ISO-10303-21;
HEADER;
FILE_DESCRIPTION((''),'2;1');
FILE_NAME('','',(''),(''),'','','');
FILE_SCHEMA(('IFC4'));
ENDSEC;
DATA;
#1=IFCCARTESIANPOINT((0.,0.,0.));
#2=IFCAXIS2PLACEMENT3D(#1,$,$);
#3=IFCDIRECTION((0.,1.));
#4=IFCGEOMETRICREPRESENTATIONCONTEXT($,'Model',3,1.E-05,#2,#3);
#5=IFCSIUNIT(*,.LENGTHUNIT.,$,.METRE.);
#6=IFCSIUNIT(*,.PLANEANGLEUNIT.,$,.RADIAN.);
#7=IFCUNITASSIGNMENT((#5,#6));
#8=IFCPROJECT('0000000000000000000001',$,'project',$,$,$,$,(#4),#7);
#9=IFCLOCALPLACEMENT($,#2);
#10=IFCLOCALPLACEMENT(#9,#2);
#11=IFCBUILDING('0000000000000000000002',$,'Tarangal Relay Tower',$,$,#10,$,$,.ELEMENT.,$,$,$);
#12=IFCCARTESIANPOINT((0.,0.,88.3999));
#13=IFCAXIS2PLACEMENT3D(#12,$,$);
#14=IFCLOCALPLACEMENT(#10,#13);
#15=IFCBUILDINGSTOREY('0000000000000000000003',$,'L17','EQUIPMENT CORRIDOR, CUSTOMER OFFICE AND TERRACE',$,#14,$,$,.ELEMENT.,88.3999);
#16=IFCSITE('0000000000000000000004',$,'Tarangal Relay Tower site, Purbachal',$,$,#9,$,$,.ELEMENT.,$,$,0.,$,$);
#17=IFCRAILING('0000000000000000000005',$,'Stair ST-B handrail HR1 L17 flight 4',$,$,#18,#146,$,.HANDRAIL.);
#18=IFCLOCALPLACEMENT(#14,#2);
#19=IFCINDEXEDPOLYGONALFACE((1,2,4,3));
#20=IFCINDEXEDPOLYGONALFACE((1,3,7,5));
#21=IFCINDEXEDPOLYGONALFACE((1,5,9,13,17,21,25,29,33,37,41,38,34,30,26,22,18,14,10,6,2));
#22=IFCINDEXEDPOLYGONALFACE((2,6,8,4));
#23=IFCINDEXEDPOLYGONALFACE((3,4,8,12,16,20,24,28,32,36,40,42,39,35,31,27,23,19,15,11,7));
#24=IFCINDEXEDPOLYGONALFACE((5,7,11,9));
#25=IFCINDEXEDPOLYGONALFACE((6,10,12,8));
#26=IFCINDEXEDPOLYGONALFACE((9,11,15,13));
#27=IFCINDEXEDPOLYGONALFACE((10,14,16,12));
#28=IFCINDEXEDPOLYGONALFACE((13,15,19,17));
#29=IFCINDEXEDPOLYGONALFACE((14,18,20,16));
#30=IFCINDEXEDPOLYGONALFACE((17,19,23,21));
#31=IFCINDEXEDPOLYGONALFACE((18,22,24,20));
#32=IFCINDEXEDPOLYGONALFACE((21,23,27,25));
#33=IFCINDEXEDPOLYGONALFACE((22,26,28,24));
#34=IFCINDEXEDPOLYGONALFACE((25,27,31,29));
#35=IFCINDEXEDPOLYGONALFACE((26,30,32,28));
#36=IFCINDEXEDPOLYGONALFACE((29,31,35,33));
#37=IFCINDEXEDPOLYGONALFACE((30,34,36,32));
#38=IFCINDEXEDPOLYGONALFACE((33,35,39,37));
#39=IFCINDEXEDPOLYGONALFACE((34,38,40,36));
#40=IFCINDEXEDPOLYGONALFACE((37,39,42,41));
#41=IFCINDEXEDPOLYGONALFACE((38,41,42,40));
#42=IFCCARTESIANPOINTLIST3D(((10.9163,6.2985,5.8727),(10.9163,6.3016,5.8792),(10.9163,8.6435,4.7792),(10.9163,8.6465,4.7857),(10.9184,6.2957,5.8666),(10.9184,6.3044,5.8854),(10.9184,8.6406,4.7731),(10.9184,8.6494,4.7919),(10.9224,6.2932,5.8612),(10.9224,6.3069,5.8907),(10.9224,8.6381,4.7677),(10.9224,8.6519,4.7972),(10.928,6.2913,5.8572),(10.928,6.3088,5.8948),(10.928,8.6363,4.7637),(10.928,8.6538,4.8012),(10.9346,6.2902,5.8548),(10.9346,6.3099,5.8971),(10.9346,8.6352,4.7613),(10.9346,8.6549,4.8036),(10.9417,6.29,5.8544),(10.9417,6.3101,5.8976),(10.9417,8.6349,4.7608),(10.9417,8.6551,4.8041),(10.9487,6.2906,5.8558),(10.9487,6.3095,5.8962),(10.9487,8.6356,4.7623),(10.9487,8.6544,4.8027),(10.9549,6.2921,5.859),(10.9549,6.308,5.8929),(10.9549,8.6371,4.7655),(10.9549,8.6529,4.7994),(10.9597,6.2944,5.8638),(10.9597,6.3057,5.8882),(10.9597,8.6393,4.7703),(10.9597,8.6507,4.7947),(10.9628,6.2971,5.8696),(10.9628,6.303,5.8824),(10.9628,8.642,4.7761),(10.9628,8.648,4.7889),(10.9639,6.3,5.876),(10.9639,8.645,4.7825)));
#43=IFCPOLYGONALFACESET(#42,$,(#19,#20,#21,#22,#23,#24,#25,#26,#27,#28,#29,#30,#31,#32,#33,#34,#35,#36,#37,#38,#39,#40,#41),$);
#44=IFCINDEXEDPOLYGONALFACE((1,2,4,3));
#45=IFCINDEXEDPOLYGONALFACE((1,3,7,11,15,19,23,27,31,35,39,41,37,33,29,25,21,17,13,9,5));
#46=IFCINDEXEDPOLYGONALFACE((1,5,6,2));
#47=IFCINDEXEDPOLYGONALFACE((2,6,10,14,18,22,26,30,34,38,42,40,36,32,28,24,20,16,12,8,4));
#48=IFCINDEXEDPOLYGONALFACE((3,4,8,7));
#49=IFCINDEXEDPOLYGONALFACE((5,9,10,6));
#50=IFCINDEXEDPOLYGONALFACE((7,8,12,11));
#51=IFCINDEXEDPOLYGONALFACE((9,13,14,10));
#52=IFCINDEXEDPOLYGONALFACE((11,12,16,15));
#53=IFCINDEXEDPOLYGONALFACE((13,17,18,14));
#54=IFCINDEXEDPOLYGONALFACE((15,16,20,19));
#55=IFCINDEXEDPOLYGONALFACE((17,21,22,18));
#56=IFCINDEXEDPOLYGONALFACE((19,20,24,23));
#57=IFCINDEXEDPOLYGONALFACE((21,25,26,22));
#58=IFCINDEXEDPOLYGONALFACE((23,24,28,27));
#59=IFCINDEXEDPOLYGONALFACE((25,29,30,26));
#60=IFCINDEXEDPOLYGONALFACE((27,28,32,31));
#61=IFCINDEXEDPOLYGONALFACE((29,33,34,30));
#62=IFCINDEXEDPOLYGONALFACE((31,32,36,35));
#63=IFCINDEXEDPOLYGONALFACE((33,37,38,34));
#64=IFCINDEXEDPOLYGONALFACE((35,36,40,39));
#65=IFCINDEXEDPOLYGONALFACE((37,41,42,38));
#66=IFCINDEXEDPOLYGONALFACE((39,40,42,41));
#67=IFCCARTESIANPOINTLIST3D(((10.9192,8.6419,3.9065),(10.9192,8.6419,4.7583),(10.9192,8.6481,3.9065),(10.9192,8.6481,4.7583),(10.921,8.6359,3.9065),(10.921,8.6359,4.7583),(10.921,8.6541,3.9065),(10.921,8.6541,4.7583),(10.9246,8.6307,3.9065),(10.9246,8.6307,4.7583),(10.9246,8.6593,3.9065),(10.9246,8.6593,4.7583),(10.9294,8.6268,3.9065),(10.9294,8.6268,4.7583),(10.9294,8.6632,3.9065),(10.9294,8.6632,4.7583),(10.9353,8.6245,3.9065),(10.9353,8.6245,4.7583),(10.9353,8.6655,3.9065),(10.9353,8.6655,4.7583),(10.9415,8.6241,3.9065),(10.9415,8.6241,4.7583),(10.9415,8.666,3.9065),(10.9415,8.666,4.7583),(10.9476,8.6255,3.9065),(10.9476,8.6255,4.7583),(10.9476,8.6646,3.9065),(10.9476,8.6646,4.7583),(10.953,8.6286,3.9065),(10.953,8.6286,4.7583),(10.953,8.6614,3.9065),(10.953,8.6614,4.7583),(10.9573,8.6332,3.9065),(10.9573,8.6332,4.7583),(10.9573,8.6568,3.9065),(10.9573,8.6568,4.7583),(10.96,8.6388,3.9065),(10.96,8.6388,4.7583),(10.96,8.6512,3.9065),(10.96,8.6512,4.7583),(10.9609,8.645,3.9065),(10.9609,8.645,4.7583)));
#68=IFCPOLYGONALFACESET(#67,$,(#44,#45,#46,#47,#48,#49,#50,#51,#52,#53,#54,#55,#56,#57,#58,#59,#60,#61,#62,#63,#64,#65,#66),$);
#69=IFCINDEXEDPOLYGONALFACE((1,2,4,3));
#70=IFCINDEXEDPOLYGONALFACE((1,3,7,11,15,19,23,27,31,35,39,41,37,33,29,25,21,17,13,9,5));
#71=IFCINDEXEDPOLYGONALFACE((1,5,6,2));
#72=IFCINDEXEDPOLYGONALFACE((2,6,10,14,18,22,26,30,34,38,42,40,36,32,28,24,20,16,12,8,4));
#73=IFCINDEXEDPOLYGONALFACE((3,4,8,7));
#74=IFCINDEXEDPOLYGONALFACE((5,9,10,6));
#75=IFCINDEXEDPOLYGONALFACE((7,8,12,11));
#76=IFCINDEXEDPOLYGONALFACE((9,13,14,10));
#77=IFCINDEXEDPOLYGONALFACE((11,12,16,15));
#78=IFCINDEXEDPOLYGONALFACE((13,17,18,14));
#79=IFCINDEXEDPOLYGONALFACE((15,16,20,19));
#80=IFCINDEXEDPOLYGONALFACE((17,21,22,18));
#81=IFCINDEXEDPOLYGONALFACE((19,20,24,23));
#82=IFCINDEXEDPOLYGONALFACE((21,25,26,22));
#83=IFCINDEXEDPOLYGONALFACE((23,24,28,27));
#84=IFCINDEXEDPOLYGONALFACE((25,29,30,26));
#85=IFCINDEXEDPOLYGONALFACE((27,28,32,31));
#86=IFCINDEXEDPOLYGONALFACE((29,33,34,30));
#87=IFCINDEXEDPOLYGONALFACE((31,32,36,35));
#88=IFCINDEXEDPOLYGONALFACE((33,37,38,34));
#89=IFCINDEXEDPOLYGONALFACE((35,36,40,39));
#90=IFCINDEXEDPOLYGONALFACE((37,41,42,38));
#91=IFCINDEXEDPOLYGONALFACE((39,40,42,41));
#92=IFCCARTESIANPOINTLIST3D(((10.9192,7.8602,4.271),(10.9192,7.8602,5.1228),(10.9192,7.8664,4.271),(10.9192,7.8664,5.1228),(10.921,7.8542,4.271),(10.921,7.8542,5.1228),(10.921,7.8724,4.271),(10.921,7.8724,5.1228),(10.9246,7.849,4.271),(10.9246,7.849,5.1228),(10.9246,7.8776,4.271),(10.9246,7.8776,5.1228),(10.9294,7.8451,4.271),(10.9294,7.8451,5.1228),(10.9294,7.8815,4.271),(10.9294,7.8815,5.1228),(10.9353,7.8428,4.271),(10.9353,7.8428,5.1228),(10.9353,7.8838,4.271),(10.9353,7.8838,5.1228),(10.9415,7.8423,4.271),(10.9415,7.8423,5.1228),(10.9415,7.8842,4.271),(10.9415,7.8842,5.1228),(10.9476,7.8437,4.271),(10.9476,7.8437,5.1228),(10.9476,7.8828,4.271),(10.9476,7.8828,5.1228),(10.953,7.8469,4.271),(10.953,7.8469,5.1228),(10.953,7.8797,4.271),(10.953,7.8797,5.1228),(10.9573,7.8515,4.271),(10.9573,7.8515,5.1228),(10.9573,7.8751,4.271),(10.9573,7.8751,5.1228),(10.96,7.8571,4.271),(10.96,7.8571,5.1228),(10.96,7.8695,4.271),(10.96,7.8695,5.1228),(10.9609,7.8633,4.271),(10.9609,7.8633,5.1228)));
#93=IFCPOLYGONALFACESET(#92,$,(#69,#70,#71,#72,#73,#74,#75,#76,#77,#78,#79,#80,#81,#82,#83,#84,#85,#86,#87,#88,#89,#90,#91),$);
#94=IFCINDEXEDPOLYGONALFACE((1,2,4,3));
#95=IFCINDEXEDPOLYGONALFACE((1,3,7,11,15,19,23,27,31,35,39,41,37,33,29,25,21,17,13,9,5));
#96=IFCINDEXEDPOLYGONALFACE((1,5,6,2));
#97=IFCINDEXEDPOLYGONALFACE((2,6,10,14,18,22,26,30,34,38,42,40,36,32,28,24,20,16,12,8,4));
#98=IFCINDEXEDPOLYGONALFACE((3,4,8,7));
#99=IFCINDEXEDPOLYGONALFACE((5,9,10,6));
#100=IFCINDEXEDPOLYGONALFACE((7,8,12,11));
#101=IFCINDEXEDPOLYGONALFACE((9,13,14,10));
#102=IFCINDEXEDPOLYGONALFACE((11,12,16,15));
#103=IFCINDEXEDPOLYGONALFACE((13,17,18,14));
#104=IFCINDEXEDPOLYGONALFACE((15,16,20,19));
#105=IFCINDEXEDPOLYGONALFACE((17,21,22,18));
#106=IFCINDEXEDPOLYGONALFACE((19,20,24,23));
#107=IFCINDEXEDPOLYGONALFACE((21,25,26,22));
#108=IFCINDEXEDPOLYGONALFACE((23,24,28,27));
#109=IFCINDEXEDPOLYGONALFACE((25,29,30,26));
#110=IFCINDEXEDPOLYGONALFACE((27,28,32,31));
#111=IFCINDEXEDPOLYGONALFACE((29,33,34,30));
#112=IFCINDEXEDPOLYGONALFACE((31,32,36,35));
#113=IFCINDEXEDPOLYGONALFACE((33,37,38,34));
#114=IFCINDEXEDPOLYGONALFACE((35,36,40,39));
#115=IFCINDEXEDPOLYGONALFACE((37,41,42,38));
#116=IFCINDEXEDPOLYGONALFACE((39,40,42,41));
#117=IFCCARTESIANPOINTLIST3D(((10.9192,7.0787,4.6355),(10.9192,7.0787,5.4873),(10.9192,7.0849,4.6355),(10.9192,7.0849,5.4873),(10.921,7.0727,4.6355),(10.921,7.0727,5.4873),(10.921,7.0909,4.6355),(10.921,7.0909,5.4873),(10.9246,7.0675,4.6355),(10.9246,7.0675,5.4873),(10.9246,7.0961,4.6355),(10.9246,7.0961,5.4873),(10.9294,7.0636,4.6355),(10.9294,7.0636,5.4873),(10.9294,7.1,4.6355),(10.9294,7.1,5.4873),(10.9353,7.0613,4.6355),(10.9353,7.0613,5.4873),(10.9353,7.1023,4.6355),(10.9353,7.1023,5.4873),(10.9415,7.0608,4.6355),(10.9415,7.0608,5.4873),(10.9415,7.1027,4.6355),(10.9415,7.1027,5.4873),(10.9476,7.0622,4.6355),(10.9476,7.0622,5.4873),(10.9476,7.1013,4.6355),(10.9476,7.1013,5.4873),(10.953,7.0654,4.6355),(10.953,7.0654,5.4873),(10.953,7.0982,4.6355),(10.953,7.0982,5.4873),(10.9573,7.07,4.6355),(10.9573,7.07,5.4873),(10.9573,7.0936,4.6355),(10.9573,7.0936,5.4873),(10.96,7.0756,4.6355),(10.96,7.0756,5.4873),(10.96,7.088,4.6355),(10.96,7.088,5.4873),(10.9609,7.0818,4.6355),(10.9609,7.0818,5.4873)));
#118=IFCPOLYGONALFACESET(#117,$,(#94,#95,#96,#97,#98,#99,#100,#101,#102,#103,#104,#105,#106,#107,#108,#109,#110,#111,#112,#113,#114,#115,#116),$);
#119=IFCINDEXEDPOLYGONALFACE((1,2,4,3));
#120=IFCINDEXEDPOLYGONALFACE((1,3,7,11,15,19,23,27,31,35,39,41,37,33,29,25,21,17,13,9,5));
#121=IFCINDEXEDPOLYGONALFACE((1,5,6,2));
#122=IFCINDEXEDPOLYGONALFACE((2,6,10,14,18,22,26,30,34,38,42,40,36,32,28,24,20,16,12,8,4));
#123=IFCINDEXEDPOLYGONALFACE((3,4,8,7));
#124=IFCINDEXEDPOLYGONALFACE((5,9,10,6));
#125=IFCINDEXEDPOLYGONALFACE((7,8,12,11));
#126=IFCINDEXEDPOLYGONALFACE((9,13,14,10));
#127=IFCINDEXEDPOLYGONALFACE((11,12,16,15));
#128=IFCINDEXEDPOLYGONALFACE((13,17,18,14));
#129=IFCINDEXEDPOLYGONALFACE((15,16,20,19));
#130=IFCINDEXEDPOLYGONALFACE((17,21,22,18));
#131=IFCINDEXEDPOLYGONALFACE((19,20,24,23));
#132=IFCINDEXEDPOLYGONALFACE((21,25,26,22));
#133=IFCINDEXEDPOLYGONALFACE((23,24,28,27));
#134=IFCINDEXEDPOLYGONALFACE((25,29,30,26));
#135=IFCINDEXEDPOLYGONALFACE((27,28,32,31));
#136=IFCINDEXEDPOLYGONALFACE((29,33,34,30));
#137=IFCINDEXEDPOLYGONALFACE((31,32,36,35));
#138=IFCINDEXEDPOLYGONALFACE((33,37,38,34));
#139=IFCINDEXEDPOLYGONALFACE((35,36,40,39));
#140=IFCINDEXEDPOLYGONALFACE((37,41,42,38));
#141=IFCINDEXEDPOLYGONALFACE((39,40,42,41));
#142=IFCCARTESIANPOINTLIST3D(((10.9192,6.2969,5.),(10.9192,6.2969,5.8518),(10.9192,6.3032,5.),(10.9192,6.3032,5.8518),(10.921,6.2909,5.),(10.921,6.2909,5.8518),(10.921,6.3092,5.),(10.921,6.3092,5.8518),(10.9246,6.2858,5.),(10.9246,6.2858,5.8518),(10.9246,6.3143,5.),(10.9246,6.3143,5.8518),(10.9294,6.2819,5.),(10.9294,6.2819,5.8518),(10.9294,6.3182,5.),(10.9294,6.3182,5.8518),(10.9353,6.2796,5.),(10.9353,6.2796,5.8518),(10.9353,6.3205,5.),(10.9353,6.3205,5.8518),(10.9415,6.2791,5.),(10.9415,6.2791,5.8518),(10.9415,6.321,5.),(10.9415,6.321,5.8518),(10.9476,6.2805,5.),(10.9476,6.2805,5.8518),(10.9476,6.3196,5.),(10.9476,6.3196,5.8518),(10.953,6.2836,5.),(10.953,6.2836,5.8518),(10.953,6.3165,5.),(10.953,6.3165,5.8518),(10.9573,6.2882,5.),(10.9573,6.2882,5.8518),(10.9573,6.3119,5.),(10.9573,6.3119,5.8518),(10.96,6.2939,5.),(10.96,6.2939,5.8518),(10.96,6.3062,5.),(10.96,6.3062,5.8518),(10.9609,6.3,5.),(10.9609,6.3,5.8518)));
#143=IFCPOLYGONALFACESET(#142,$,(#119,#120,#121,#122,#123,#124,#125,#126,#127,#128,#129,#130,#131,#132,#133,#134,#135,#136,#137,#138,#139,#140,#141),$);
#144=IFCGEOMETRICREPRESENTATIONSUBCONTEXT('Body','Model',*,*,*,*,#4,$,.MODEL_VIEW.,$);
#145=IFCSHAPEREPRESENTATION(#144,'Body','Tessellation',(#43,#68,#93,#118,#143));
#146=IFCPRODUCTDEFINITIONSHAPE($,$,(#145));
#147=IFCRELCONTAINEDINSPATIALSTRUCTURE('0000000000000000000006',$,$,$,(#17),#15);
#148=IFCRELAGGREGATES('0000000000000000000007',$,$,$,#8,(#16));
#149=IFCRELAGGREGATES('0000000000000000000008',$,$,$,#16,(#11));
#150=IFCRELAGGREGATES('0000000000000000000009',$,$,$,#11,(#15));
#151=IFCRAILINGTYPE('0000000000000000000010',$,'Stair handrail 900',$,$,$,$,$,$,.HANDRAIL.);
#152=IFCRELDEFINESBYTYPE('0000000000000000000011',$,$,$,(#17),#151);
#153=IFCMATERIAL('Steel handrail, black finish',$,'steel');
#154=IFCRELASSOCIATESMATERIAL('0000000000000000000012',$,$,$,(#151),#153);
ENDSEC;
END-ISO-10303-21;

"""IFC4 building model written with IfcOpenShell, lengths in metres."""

from ifc_helpers import new_model, si_unit, direction, frame, origin, origin_2d, place, context, subcontext, project, spatial, circle, extrude, material, type_object, element, save


model = new_model("IFC4")

# Units and contexts
model_context = context("Model", 3, precision=1e-05, world=origin(), true_north=direction((0.0, 1.0)))
body_context = subcontext(model_context, "Body", "Model", "MODEL_VIEW")
ifc_project = project(units=[si_unit("LENGTHUNIT", "METRE"), si_unit("PLANEANGLEUNIT", "RADIAN")], contexts=[model_context])

# Site, building, storey
site_placement = place(None, origin())
site = spatial("IfcSite", under=ifc_project, at=site_placement, Name="Tarangal Relay Tower site, Purbachal", CompositionType="ELEMENT", RefElevation=0.0)
building_placement = place(site_placement, origin())
building = spatial("IfcBuilding", under=site, at=building_placement, Name="Tarangal Relay Tower", CompositionType="ELEMENT")
storey_placement = place(building_placement, frame((0.0, 0.0, 88.3999)))
storey = spatial("IfcBuildingStorey", under=building, at=storey_placement, Name="L17", Description="EQUIPMENT CORRIDOR, CUSTOMER OFFICE AND TERRACE", CompositionType="ELEMENT", Elevation=88.3999)

# Railing
ifc_material_1 = material(Name="Steel handrail, black finish", Category="steel")
railing_type_1 = type_object("IfcRailingType", Name="Stair handrail 900", PredefinedType="HANDRAIL", material=ifc_material_1)
for number, where, name in (
    (1, (10.9399, 8.645, 3.9065), "Stair ST-B handrail HR1 L17 flight 4"),
):
    element("IfcRailing", number, at=place(storey_placement, frame(where)), inside=storey, type_object=railing_type_1, Name=name, PredefinedType="HANDRAIL", context=body_context, shape_type="SweptSolid", body=[
        extrude(circle(Radius=0.0239, at=origin_2d()), frame((0.0, 0.0, 0.876), z_axis=(0.0, -0.906304, 0.422627), x_axis=(1.0, 0.0, 0.0)), (0.0, 0.0, 1.0), 2.5874),
        extrude(circle(Radius=0.021, at=origin_2d()), origin(), (0.0, 0.0, 1.0), 0.8518),
        extrude(circle(Radius=0.021, at=origin_2d()), frame((0.0, -0.7817, 0.3645)), (0.0, 0.0, 1.0), 0.8518),
        extrude(circle(Radius=0.021, at=origin_2d()), frame((0.0, -1.5632, 0.729)), (0.0, 0.0, 1.0), 0.8518),
        extrude(circle(Radius=0.021, at=origin_2d()), frame((0.0, -2.345, 1.0935)), (0.0, 0.0, 1.0), 0.8518),
    ])

save(model, "model.ifc")
